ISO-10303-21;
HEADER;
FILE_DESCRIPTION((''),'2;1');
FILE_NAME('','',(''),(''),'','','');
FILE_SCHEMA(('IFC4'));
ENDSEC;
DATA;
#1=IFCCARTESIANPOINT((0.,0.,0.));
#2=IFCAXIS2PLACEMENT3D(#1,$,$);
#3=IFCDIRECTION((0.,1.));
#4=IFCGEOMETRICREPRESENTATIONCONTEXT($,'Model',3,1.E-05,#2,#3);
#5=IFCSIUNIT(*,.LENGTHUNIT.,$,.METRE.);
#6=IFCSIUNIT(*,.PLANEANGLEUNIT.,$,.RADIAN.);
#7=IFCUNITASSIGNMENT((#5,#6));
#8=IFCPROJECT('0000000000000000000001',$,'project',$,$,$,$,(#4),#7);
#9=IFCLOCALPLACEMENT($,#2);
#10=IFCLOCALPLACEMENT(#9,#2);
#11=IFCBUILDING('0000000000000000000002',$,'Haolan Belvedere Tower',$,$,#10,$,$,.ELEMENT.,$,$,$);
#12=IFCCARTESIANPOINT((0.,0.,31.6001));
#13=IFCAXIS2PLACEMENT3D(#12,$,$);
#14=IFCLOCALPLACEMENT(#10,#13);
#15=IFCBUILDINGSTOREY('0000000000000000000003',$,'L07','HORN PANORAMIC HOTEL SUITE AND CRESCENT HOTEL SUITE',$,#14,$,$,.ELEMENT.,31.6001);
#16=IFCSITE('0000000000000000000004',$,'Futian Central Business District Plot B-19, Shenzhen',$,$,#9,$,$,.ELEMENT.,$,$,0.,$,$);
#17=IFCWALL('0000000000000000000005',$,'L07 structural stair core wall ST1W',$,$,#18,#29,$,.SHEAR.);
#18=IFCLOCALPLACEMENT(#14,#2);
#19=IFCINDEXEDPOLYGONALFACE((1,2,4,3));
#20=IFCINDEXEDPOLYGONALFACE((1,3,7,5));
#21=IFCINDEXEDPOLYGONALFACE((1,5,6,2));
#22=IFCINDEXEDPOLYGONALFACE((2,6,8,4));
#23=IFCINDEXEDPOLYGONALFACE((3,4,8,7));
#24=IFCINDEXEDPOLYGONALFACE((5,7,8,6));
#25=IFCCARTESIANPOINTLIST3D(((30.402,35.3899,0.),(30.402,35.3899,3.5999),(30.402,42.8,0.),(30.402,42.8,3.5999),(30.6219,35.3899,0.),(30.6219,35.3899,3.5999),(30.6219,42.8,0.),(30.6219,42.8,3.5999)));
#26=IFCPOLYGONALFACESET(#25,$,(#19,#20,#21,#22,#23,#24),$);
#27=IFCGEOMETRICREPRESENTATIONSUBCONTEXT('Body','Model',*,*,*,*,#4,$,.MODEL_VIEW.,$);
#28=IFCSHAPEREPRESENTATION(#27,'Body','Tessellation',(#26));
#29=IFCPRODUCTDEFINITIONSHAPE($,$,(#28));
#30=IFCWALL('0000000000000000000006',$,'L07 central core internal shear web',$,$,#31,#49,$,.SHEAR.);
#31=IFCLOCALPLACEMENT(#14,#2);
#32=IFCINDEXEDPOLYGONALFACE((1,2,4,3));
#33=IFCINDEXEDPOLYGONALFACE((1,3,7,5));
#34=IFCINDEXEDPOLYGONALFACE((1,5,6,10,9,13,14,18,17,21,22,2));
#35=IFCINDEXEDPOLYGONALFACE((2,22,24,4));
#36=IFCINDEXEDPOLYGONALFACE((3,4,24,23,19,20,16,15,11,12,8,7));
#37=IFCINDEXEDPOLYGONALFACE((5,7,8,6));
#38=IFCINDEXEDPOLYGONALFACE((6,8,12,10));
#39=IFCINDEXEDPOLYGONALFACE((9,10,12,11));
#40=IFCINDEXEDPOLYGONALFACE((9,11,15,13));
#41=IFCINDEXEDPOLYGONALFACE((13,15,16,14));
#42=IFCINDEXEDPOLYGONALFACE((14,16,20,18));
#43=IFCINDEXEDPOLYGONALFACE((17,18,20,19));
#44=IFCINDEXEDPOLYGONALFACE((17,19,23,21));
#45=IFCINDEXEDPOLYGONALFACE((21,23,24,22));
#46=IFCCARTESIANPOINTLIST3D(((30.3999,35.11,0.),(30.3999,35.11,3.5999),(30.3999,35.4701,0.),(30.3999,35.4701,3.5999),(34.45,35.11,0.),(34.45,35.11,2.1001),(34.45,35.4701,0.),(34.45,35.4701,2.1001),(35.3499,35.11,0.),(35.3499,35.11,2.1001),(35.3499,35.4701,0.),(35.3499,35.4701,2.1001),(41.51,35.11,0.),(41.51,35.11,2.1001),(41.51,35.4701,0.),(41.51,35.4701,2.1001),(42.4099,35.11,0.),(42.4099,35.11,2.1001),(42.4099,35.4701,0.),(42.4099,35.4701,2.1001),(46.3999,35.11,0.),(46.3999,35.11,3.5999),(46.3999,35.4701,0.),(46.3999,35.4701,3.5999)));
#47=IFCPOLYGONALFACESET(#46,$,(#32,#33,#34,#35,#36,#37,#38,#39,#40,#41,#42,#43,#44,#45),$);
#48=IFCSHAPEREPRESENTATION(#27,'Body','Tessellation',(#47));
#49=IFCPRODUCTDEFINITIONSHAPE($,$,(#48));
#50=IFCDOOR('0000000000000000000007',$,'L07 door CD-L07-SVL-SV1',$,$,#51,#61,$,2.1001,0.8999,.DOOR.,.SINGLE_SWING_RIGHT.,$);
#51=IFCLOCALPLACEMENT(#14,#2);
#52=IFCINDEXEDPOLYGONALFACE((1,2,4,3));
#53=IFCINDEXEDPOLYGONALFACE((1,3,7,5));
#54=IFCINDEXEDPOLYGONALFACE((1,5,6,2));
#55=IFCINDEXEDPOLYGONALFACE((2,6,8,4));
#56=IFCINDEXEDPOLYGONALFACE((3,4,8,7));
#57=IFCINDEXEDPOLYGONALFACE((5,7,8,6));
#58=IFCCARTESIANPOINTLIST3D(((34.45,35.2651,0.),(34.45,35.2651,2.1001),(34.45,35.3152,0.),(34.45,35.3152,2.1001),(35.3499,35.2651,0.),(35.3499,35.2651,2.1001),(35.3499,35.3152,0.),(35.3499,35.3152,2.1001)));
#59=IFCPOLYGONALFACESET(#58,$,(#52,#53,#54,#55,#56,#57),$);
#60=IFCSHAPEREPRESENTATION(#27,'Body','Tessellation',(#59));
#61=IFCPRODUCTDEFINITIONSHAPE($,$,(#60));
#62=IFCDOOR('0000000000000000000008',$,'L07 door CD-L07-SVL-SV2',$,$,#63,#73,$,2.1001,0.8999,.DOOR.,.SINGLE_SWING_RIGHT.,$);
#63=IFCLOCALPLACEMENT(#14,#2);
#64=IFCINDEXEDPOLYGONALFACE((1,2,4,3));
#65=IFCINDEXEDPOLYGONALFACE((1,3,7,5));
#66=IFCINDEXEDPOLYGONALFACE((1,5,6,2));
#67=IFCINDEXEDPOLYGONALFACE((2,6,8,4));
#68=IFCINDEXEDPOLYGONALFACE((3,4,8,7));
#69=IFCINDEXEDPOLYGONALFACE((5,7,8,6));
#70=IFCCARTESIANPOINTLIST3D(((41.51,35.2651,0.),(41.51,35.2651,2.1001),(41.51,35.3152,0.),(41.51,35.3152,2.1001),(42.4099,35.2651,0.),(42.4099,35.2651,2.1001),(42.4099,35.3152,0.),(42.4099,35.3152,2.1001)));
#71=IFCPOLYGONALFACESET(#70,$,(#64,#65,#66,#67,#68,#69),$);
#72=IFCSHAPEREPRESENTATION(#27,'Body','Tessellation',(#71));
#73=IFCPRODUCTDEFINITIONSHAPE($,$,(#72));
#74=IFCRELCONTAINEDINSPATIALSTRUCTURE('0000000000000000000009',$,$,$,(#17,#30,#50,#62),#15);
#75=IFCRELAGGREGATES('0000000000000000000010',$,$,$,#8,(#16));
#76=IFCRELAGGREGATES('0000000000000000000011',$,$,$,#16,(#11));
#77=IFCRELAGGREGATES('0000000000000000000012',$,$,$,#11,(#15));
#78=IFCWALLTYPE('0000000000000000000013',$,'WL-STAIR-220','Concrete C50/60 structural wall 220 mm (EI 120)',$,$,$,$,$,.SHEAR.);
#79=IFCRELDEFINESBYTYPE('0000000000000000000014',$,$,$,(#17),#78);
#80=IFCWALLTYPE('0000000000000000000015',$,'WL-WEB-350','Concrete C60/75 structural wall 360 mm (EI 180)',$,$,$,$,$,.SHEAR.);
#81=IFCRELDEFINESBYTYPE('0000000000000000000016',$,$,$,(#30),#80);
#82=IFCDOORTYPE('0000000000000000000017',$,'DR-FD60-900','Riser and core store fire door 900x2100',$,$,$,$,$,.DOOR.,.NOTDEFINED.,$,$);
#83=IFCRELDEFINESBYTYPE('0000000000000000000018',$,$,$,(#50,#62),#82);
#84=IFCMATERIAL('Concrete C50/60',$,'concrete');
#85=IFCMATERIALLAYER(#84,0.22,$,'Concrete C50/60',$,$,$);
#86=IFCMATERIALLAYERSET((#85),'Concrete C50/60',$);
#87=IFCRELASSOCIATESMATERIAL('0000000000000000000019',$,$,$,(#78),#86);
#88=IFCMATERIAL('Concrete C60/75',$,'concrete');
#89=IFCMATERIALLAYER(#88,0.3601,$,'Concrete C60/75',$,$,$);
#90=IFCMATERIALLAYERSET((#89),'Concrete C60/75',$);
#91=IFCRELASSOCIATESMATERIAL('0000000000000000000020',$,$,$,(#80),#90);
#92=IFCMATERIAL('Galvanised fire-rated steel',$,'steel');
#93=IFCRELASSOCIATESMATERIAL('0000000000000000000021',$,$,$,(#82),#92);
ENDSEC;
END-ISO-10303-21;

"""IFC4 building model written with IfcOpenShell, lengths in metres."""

from ifc_helpers import new_model, si_unit, direction, frame, frame_2d, origin, place, context, subcontext, project, spatial, rectangle, extrude, material, layer, layer_set, type_object, element, fill, save


model = new_model("IFC4")

# Units and contexts
model_context = context("Model", 3, precision=1e-05, world=origin(), true_north=direction((0.0, 1.0)))
body_context = subcontext(model_context, "Body", "Model", "MODEL_VIEW")
ifc_project = project(units=[si_unit("LENGTHUNIT", "METRE"), si_unit("PLANEANGLEUNIT", "RADIAN")], contexts=[model_context])

# Site, building, storey
site_placement = place(None, origin())
site = spatial("IfcSite", under=ifc_project, at=site_placement, Name="Futian Central Business District Plot B-19, Shenzhen", CompositionType="ELEMENT", RefElevation=0.0)
building_placement = place(site_placement, origin())
building = spatial("IfcBuilding", under=site, at=building_placement, Name="Haolan Belvedere Tower", CompositionType="ELEMENT")
storey_placement = place(building_placement, frame((0.0, 0.0, 31.6001)))
storey = spatial("IfcBuildingStorey", under=building, at=storey_placement, Name="L07", Description="HORN PANORAMIC HOTEL SUITE AND CRESCENT HOTEL SUITE", CompositionType="ELEMENT", Elevation=31.6001)

# Shared definitions
ifc_material_1 = material(Name="Concrete C60/75", Category="concrete")

# Wall
ifc_material_2 = material(Name="Concrete C50/60", Category="concrete")
ifc_layer_1 = layer(ifc_material_2, 0.22, Name="Concrete C50/60")
ifc_layer_set_1 = layer_set([ifc_layer_1], Name="Concrete C50/60")
wall_type_1 = type_object("IfcWallType", Name="WL-STAIR-220", Description="Concrete C50/60 structural wall 220 mm (EI 120)", PredefinedType="SHEAR", material=ifc_layer_set_1)
wall_1_placement = place(storey_placement, frame((30.512, 35.3899, 0.0), z_axis=(0.0, 0.0, 1.0), x_axis=(0.0, 1.0, 0.0)))
element("IfcWall", 1, at=wall_1_placement, inside=storey, type_object=wall_type_1, Name="L07 structural stair core wall ST1W", PredefinedType="SHEAR", context=body_context, shape_type="SweptSolid", body=[
    extrude(rectangle(XDim=7.4102, YDim=0.22, at=frame_2d((3.7051, 0.0))), origin(), (0.0, 0.0, 1.0), 3.5999),
])

# Wall, openings, doors
ifc_layer_2 = layer(ifc_material_1, 0.3601, Name="Concrete C60/75")
ifc_layer_set_2 = layer_set([ifc_layer_2], Name="Concrete C60/75")
wall_type_2 = type_object("IfcWallType", Name="WL-WEB-350", Description="Concrete C60/75 structural wall 360 mm (EI 180)", PredefinedType="SHEAR", material=ifc_layer_set_2)
wall_2_placement = place(storey_placement, frame((30.3999, 35.29, 0.0), z_axis=(0.0, 0.0, 1.0), x_axis=(1.0, 0.0, 0.0)))
wall_2 = element("IfcWall", 2, at=wall_2_placement, inside=storey, type_object=wall_type_2, Name="L07 central core internal shear web", PredefinedType="SHEAR", context=body_context, shape_type="SweptSolid", body=[
    extrude(rectangle(XDim=16.0, YDim=0.3601, at=frame_2d((8.0, 0.0))), origin(), (0.0, 0.0, 1.0), 3.5999),
])
opening_1_placement = place(wall_2_placement, frame((4.95, 0.0, 0.0), z_axis=(0.0, 0.0, 1.0), x_axis=(-1.0, 0.0, 0.0)))
opening_1 = element("IfcOpeningElement", 3, at=opening_1_placement, cuts=wall_2, PredefinedType="OPENING", context=body_context, shape_type="SweptSolid", body=[
    extrude(rectangle(XDim=0.8999, YDim=2.1001, at=frame_2d((0.45, 1.05))), frame((0.0, 0.1899, 0.0), z_axis=(0.0, -1.0, 0.0), x_axis=(1.0, 0.0, 0.0)), (0.0, 0.0, 1.0), 0.3801),
])
opening_2_placement = place(wall_2_placement, frame((12.01, 0.0, 0.0), z_axis=(0.0, 0.0, 1.0), x_axis=(-1.0, 0.0, 0.0)))
opening_2 = element("IfcOpeningElement", 4, at=opening_2_placement, cuts=wall_2, PredefinedType="OPENING", context=body_context, shape_type="SweptSolid", body=[
    extrude(rectangle(XDim=0.8999, YDim=2.1001, at=frame_2d((0.45, 1.05))), frame((0.0, 0.1899, 0.0), z_axis=(0.0, -1.0, 0.0), x_axis=(1.0, 0.0, 0.0)), (0.0, 0.0, 1.0), 0.3801),
])
ifc_material_3 = material(Name="Galvanised fire-rated steel", Category="steel")
door_type_1 = type_object("IfcDoorType", Name="DR-FD60-900", Description="Riser and core store fire door 900x2100", OperationType="NOTDEFINED", PredefinedType="DOOR", material=ifc_material_3)
door_1_placement = place(opening_1_placement, origin())
door_1 = element("IfcDoor", 5, at=door_1_placement, inside=storey, type_object=door_type_1, Name="L07 door CD-L07-SVL-SV1", OperationType="SINGLE_SWING_RIGHT", OverallHeight=2.1001, OverallWidth=0.8999, PredefinedType="DOOR", context=body_context, shape_type="SweptSolid", body=[
    extrude(rectangle(XDim=0.8999, YDim=2.1001, at=frame_2d((0.45, 1.05))), frame((0.0, 0.0249, 0.0), z_axis=(0.0, -1.0, 0.0), x_axis=(1.0, 0.0, 0.0)), (0.0, 0.0, 1.0), 0.05),
])
fill(opening_1, door_1)
door_2_placement = place(opening_2_placement, origin())
door_2 = element("IfcDoor", 6, at=door_2_placement, inside=storey, type_object=door_type_1, Name="L07 door CD-L07-SVL-SV2", OperationType="SINGLE_SWING_RIGHT", OverallHeight=2.1001, OverallWidth=0.8999, PredefinedType="DOOR", context=body_context, shape_type="SweptSolid", body=[
    extrude(rectangle(XDim=0.8999, YDim=2.1001, at=frame_2d((0.45, 1.05))), frame((0.0, 0.0249, 0.0), z_axis=(0.0, -1.0, 0.0), x_axis=(1.0, 0.0, 0.0)), (0.0, 0.0, 1.0), 0.05),
])
fill(opening_2, door_2)

save(model, "model.ifc")
